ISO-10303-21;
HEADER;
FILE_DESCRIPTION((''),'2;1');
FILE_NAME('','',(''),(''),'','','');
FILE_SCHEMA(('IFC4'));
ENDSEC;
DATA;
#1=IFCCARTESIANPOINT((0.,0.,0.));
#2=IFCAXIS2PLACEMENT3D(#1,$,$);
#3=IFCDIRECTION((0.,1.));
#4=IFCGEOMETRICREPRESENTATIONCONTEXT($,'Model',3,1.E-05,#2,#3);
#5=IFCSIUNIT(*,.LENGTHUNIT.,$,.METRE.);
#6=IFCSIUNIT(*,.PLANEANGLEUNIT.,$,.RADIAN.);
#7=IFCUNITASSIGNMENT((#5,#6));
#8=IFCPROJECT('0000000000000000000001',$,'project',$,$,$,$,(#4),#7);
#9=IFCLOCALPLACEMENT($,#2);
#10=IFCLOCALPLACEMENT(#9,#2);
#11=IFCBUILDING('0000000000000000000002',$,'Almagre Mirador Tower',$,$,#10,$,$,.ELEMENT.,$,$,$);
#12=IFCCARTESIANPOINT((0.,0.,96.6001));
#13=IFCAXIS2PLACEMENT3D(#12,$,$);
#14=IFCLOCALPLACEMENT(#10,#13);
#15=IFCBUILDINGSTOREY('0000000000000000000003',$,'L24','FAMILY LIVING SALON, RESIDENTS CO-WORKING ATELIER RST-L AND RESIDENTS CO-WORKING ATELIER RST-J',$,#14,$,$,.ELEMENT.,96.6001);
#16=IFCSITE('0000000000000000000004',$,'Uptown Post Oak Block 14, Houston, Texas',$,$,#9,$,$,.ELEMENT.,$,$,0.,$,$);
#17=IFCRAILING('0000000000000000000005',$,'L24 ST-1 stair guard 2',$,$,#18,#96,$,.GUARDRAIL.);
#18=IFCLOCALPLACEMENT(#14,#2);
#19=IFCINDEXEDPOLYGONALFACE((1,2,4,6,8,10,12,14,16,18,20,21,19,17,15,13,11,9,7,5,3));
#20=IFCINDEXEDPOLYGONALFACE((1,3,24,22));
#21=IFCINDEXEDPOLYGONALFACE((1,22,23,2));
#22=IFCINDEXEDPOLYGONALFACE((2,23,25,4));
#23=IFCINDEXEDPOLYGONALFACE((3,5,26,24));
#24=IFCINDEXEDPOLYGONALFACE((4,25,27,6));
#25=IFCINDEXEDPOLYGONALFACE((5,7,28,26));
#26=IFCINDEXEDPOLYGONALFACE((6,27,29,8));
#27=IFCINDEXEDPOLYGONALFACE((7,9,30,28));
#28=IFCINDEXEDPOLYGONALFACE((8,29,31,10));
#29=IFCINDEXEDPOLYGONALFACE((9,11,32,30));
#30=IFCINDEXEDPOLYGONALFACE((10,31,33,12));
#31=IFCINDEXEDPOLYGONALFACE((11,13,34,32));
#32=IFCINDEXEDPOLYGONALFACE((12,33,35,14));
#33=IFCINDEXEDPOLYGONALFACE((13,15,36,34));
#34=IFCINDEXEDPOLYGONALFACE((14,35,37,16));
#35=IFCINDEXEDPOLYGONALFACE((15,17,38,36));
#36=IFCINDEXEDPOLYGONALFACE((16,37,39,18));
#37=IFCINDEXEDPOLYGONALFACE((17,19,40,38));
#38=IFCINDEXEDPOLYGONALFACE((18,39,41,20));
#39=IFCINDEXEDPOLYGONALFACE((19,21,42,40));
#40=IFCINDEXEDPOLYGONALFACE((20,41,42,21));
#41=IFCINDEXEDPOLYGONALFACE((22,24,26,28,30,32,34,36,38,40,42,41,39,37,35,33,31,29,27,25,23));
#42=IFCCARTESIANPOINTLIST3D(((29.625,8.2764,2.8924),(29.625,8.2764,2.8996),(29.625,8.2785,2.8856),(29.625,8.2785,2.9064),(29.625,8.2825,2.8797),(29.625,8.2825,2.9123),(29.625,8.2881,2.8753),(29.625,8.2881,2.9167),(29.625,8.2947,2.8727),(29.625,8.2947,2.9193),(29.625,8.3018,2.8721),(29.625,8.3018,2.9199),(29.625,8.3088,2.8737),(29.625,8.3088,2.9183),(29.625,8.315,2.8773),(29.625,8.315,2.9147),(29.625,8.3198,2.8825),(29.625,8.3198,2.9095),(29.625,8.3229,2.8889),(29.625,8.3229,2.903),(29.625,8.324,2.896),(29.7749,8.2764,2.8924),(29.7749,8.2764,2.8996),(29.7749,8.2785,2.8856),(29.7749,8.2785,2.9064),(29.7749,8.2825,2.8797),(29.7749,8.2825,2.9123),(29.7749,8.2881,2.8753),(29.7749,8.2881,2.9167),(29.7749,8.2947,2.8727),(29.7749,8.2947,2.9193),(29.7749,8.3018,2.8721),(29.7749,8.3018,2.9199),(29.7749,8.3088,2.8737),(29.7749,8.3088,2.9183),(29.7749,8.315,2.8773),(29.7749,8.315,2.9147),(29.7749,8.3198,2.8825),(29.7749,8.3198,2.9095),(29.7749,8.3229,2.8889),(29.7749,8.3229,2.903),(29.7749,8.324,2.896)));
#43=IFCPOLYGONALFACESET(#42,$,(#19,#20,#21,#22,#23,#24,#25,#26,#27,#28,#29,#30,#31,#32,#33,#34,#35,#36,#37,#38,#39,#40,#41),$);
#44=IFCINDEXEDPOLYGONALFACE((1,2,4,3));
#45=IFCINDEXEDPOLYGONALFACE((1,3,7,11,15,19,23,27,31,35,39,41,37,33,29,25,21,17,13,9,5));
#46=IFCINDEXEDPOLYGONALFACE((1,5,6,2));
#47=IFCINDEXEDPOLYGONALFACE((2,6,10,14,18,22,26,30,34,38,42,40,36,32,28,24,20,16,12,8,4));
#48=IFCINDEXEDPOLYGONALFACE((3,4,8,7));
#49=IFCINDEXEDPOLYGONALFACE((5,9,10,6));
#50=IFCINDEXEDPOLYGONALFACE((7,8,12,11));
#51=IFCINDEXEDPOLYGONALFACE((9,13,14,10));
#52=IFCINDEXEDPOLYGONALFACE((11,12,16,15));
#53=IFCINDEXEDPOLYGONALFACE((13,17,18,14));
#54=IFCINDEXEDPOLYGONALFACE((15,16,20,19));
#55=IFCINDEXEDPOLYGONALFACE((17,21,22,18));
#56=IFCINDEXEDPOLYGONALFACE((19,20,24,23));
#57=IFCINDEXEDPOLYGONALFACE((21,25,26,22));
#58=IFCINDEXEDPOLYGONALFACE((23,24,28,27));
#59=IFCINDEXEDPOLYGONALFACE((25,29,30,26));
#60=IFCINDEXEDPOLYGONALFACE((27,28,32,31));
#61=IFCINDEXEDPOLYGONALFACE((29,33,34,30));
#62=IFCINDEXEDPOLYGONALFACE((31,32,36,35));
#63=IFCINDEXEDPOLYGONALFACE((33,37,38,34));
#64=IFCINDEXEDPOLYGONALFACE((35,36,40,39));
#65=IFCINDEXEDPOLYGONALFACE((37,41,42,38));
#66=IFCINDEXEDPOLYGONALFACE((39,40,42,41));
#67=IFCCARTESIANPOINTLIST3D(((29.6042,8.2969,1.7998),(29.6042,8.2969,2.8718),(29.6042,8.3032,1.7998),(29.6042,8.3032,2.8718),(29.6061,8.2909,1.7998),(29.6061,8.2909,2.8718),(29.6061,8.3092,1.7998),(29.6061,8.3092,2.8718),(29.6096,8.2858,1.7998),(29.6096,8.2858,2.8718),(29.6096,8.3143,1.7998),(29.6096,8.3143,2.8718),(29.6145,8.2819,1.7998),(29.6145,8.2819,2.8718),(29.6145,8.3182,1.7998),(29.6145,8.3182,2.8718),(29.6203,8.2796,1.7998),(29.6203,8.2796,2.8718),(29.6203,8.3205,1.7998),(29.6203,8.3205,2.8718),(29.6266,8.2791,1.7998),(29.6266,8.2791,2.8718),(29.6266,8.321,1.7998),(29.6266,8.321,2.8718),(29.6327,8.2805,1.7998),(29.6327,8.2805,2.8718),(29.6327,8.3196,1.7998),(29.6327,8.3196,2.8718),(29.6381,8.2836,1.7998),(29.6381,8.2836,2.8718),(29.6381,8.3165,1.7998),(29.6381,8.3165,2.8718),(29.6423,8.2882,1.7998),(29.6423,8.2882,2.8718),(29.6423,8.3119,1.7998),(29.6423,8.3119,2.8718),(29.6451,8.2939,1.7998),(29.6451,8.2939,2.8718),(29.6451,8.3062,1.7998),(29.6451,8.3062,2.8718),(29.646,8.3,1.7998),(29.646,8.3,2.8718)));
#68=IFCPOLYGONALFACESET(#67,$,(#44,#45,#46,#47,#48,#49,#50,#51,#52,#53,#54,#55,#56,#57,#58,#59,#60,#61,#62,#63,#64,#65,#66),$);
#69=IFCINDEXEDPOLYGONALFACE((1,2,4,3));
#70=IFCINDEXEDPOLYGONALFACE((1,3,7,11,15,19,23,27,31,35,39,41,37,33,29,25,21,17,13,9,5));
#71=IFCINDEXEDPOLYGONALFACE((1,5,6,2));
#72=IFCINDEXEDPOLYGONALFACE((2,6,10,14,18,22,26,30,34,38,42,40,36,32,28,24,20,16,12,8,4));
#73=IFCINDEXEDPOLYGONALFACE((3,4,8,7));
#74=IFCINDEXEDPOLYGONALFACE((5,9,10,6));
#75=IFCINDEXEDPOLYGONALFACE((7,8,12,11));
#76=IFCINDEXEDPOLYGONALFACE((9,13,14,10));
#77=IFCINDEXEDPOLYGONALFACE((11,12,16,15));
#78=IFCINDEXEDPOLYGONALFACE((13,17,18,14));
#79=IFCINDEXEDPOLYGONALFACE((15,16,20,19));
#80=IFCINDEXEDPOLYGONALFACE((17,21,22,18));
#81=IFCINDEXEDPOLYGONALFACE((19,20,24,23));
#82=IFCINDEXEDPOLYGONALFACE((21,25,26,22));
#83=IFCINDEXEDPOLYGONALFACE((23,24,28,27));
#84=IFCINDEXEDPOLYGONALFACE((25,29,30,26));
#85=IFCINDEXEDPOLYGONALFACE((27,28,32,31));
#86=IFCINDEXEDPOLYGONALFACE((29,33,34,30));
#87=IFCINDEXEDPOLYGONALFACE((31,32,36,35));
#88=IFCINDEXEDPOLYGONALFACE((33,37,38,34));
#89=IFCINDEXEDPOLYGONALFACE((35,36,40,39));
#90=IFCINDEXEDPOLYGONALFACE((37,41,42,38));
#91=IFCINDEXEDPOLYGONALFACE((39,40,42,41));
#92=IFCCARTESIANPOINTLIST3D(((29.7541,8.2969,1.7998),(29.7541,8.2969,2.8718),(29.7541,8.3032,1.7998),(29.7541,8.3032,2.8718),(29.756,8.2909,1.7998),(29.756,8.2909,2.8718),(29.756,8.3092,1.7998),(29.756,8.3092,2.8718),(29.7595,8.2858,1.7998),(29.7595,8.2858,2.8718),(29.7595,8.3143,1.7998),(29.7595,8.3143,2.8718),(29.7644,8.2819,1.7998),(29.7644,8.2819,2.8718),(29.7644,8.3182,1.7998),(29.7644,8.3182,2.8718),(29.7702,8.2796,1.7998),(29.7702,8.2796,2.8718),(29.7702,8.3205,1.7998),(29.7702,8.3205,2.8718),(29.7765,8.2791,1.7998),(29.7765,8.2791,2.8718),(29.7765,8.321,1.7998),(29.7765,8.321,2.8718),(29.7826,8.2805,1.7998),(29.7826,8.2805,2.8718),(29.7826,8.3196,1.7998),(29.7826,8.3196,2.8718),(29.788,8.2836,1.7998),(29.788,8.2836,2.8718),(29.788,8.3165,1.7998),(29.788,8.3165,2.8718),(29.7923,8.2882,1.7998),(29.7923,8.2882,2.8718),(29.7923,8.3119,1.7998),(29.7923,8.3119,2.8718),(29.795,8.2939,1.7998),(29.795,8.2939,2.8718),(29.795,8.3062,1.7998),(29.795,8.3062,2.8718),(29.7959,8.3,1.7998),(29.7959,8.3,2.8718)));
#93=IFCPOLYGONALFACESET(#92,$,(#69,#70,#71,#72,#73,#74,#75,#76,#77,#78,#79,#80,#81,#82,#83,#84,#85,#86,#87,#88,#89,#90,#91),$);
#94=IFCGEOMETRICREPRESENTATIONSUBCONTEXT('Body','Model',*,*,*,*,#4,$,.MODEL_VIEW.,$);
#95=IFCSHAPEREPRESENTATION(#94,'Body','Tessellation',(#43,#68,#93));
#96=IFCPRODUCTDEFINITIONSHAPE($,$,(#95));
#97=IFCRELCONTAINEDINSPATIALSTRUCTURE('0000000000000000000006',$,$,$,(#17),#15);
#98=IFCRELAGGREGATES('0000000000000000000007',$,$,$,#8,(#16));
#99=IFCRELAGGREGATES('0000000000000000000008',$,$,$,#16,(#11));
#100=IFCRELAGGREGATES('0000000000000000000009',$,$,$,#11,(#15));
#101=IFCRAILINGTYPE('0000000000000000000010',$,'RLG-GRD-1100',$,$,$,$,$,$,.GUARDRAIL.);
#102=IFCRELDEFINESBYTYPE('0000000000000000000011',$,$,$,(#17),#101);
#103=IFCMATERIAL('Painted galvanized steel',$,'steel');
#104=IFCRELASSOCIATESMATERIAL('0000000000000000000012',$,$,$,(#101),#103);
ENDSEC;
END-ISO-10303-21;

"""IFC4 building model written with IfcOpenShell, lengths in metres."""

from ifc_helpers import new_model, si_unit, direction, frame, origin, origin_2d, place, context, subcontext, project, spatial, circle, extrude, material, type_object, element, save


model = new_model("IFC4")

# Units and contexts
model_context = context("Model", 3, precision=1e-05, world=origin(), true_north=direction((0.0, 1.0)))
body_context = subcontext(model_context, "Body", "Model", "MODEL_VIEW")
ifc_project = project(units=[si_unit("LENGTHUNIT", "METRE"), si_unit("PLANEANGLEUNIT", "RADIAN")], contexts=[model_context])

# Site, building, storey
site_placement = place(None, origin())
site = spatial("IfcSite", under=ifc_project, at=site_placement, Name="Uptown Post Oak Block 14, Houston, Texas", CompositionType="ELEMENT", RefElevation=0.0)
building_placement = place(site_placement, origin())
building = spatial("IfcBuilding", under=site, at=building_placement, Name="Almagre Mirador Tower", CompositionType="ELEMENT")
storey_placement = place(building_placement, frame((0.0, 0.0, 96.6001)))
storey = spatial("IfcBuildingStorey", under=building, at=storey_placement, Name="L24", Description="FAMILY LIVING SALON, RESIDENTS CO-WORKING ATELIER RST-L AND RESIDENTS CO-WORKING ATELIER RST-J", CompositionType="ELEMENT", Elevation=96.6001)

# Railing
ifc_material_1 = material(Name="Painted galvanized steel", Category="steel")
railing_type_1 = type_object("IfcRailingType", Name="RLG-GRD-1100", PredefinedType="GUARDRAIL", material=ifc_material_1)
railing_1_placement = place(storey_placement, frame((29.625, 8.3, 1.7998)))
element("IfcRailing", 1, at=railing_1_placement, inside=storey, type_object=railing_type_1, Name="L24 ST-1 stair guard 2", PredefinedType="GUARDRAIL", context=body_context, shape_type="SweptSolid", body=[
    extrude(circle(Radius=0.0239, at=origin_2d()), frame((0.0, 0.0, 1.0962), z_axis=(1.0, 0.0, 0.0), x_axis=(0.0, 1.0, 0.0)), (0.0, 0.0, 1.0), 0.1499),
    extrude(circle(Radius=0.021, at=origin_2d()), origin(), (0.0, 0.0, 1.0), 1.072),
    extrude(circle(Radius=0.021, at=origin_2d()), frame((0.1499, 0.0, 0.0)), (0.0, 0.0, 1.0), 1.072),
])

save(model, "model.ifc")
